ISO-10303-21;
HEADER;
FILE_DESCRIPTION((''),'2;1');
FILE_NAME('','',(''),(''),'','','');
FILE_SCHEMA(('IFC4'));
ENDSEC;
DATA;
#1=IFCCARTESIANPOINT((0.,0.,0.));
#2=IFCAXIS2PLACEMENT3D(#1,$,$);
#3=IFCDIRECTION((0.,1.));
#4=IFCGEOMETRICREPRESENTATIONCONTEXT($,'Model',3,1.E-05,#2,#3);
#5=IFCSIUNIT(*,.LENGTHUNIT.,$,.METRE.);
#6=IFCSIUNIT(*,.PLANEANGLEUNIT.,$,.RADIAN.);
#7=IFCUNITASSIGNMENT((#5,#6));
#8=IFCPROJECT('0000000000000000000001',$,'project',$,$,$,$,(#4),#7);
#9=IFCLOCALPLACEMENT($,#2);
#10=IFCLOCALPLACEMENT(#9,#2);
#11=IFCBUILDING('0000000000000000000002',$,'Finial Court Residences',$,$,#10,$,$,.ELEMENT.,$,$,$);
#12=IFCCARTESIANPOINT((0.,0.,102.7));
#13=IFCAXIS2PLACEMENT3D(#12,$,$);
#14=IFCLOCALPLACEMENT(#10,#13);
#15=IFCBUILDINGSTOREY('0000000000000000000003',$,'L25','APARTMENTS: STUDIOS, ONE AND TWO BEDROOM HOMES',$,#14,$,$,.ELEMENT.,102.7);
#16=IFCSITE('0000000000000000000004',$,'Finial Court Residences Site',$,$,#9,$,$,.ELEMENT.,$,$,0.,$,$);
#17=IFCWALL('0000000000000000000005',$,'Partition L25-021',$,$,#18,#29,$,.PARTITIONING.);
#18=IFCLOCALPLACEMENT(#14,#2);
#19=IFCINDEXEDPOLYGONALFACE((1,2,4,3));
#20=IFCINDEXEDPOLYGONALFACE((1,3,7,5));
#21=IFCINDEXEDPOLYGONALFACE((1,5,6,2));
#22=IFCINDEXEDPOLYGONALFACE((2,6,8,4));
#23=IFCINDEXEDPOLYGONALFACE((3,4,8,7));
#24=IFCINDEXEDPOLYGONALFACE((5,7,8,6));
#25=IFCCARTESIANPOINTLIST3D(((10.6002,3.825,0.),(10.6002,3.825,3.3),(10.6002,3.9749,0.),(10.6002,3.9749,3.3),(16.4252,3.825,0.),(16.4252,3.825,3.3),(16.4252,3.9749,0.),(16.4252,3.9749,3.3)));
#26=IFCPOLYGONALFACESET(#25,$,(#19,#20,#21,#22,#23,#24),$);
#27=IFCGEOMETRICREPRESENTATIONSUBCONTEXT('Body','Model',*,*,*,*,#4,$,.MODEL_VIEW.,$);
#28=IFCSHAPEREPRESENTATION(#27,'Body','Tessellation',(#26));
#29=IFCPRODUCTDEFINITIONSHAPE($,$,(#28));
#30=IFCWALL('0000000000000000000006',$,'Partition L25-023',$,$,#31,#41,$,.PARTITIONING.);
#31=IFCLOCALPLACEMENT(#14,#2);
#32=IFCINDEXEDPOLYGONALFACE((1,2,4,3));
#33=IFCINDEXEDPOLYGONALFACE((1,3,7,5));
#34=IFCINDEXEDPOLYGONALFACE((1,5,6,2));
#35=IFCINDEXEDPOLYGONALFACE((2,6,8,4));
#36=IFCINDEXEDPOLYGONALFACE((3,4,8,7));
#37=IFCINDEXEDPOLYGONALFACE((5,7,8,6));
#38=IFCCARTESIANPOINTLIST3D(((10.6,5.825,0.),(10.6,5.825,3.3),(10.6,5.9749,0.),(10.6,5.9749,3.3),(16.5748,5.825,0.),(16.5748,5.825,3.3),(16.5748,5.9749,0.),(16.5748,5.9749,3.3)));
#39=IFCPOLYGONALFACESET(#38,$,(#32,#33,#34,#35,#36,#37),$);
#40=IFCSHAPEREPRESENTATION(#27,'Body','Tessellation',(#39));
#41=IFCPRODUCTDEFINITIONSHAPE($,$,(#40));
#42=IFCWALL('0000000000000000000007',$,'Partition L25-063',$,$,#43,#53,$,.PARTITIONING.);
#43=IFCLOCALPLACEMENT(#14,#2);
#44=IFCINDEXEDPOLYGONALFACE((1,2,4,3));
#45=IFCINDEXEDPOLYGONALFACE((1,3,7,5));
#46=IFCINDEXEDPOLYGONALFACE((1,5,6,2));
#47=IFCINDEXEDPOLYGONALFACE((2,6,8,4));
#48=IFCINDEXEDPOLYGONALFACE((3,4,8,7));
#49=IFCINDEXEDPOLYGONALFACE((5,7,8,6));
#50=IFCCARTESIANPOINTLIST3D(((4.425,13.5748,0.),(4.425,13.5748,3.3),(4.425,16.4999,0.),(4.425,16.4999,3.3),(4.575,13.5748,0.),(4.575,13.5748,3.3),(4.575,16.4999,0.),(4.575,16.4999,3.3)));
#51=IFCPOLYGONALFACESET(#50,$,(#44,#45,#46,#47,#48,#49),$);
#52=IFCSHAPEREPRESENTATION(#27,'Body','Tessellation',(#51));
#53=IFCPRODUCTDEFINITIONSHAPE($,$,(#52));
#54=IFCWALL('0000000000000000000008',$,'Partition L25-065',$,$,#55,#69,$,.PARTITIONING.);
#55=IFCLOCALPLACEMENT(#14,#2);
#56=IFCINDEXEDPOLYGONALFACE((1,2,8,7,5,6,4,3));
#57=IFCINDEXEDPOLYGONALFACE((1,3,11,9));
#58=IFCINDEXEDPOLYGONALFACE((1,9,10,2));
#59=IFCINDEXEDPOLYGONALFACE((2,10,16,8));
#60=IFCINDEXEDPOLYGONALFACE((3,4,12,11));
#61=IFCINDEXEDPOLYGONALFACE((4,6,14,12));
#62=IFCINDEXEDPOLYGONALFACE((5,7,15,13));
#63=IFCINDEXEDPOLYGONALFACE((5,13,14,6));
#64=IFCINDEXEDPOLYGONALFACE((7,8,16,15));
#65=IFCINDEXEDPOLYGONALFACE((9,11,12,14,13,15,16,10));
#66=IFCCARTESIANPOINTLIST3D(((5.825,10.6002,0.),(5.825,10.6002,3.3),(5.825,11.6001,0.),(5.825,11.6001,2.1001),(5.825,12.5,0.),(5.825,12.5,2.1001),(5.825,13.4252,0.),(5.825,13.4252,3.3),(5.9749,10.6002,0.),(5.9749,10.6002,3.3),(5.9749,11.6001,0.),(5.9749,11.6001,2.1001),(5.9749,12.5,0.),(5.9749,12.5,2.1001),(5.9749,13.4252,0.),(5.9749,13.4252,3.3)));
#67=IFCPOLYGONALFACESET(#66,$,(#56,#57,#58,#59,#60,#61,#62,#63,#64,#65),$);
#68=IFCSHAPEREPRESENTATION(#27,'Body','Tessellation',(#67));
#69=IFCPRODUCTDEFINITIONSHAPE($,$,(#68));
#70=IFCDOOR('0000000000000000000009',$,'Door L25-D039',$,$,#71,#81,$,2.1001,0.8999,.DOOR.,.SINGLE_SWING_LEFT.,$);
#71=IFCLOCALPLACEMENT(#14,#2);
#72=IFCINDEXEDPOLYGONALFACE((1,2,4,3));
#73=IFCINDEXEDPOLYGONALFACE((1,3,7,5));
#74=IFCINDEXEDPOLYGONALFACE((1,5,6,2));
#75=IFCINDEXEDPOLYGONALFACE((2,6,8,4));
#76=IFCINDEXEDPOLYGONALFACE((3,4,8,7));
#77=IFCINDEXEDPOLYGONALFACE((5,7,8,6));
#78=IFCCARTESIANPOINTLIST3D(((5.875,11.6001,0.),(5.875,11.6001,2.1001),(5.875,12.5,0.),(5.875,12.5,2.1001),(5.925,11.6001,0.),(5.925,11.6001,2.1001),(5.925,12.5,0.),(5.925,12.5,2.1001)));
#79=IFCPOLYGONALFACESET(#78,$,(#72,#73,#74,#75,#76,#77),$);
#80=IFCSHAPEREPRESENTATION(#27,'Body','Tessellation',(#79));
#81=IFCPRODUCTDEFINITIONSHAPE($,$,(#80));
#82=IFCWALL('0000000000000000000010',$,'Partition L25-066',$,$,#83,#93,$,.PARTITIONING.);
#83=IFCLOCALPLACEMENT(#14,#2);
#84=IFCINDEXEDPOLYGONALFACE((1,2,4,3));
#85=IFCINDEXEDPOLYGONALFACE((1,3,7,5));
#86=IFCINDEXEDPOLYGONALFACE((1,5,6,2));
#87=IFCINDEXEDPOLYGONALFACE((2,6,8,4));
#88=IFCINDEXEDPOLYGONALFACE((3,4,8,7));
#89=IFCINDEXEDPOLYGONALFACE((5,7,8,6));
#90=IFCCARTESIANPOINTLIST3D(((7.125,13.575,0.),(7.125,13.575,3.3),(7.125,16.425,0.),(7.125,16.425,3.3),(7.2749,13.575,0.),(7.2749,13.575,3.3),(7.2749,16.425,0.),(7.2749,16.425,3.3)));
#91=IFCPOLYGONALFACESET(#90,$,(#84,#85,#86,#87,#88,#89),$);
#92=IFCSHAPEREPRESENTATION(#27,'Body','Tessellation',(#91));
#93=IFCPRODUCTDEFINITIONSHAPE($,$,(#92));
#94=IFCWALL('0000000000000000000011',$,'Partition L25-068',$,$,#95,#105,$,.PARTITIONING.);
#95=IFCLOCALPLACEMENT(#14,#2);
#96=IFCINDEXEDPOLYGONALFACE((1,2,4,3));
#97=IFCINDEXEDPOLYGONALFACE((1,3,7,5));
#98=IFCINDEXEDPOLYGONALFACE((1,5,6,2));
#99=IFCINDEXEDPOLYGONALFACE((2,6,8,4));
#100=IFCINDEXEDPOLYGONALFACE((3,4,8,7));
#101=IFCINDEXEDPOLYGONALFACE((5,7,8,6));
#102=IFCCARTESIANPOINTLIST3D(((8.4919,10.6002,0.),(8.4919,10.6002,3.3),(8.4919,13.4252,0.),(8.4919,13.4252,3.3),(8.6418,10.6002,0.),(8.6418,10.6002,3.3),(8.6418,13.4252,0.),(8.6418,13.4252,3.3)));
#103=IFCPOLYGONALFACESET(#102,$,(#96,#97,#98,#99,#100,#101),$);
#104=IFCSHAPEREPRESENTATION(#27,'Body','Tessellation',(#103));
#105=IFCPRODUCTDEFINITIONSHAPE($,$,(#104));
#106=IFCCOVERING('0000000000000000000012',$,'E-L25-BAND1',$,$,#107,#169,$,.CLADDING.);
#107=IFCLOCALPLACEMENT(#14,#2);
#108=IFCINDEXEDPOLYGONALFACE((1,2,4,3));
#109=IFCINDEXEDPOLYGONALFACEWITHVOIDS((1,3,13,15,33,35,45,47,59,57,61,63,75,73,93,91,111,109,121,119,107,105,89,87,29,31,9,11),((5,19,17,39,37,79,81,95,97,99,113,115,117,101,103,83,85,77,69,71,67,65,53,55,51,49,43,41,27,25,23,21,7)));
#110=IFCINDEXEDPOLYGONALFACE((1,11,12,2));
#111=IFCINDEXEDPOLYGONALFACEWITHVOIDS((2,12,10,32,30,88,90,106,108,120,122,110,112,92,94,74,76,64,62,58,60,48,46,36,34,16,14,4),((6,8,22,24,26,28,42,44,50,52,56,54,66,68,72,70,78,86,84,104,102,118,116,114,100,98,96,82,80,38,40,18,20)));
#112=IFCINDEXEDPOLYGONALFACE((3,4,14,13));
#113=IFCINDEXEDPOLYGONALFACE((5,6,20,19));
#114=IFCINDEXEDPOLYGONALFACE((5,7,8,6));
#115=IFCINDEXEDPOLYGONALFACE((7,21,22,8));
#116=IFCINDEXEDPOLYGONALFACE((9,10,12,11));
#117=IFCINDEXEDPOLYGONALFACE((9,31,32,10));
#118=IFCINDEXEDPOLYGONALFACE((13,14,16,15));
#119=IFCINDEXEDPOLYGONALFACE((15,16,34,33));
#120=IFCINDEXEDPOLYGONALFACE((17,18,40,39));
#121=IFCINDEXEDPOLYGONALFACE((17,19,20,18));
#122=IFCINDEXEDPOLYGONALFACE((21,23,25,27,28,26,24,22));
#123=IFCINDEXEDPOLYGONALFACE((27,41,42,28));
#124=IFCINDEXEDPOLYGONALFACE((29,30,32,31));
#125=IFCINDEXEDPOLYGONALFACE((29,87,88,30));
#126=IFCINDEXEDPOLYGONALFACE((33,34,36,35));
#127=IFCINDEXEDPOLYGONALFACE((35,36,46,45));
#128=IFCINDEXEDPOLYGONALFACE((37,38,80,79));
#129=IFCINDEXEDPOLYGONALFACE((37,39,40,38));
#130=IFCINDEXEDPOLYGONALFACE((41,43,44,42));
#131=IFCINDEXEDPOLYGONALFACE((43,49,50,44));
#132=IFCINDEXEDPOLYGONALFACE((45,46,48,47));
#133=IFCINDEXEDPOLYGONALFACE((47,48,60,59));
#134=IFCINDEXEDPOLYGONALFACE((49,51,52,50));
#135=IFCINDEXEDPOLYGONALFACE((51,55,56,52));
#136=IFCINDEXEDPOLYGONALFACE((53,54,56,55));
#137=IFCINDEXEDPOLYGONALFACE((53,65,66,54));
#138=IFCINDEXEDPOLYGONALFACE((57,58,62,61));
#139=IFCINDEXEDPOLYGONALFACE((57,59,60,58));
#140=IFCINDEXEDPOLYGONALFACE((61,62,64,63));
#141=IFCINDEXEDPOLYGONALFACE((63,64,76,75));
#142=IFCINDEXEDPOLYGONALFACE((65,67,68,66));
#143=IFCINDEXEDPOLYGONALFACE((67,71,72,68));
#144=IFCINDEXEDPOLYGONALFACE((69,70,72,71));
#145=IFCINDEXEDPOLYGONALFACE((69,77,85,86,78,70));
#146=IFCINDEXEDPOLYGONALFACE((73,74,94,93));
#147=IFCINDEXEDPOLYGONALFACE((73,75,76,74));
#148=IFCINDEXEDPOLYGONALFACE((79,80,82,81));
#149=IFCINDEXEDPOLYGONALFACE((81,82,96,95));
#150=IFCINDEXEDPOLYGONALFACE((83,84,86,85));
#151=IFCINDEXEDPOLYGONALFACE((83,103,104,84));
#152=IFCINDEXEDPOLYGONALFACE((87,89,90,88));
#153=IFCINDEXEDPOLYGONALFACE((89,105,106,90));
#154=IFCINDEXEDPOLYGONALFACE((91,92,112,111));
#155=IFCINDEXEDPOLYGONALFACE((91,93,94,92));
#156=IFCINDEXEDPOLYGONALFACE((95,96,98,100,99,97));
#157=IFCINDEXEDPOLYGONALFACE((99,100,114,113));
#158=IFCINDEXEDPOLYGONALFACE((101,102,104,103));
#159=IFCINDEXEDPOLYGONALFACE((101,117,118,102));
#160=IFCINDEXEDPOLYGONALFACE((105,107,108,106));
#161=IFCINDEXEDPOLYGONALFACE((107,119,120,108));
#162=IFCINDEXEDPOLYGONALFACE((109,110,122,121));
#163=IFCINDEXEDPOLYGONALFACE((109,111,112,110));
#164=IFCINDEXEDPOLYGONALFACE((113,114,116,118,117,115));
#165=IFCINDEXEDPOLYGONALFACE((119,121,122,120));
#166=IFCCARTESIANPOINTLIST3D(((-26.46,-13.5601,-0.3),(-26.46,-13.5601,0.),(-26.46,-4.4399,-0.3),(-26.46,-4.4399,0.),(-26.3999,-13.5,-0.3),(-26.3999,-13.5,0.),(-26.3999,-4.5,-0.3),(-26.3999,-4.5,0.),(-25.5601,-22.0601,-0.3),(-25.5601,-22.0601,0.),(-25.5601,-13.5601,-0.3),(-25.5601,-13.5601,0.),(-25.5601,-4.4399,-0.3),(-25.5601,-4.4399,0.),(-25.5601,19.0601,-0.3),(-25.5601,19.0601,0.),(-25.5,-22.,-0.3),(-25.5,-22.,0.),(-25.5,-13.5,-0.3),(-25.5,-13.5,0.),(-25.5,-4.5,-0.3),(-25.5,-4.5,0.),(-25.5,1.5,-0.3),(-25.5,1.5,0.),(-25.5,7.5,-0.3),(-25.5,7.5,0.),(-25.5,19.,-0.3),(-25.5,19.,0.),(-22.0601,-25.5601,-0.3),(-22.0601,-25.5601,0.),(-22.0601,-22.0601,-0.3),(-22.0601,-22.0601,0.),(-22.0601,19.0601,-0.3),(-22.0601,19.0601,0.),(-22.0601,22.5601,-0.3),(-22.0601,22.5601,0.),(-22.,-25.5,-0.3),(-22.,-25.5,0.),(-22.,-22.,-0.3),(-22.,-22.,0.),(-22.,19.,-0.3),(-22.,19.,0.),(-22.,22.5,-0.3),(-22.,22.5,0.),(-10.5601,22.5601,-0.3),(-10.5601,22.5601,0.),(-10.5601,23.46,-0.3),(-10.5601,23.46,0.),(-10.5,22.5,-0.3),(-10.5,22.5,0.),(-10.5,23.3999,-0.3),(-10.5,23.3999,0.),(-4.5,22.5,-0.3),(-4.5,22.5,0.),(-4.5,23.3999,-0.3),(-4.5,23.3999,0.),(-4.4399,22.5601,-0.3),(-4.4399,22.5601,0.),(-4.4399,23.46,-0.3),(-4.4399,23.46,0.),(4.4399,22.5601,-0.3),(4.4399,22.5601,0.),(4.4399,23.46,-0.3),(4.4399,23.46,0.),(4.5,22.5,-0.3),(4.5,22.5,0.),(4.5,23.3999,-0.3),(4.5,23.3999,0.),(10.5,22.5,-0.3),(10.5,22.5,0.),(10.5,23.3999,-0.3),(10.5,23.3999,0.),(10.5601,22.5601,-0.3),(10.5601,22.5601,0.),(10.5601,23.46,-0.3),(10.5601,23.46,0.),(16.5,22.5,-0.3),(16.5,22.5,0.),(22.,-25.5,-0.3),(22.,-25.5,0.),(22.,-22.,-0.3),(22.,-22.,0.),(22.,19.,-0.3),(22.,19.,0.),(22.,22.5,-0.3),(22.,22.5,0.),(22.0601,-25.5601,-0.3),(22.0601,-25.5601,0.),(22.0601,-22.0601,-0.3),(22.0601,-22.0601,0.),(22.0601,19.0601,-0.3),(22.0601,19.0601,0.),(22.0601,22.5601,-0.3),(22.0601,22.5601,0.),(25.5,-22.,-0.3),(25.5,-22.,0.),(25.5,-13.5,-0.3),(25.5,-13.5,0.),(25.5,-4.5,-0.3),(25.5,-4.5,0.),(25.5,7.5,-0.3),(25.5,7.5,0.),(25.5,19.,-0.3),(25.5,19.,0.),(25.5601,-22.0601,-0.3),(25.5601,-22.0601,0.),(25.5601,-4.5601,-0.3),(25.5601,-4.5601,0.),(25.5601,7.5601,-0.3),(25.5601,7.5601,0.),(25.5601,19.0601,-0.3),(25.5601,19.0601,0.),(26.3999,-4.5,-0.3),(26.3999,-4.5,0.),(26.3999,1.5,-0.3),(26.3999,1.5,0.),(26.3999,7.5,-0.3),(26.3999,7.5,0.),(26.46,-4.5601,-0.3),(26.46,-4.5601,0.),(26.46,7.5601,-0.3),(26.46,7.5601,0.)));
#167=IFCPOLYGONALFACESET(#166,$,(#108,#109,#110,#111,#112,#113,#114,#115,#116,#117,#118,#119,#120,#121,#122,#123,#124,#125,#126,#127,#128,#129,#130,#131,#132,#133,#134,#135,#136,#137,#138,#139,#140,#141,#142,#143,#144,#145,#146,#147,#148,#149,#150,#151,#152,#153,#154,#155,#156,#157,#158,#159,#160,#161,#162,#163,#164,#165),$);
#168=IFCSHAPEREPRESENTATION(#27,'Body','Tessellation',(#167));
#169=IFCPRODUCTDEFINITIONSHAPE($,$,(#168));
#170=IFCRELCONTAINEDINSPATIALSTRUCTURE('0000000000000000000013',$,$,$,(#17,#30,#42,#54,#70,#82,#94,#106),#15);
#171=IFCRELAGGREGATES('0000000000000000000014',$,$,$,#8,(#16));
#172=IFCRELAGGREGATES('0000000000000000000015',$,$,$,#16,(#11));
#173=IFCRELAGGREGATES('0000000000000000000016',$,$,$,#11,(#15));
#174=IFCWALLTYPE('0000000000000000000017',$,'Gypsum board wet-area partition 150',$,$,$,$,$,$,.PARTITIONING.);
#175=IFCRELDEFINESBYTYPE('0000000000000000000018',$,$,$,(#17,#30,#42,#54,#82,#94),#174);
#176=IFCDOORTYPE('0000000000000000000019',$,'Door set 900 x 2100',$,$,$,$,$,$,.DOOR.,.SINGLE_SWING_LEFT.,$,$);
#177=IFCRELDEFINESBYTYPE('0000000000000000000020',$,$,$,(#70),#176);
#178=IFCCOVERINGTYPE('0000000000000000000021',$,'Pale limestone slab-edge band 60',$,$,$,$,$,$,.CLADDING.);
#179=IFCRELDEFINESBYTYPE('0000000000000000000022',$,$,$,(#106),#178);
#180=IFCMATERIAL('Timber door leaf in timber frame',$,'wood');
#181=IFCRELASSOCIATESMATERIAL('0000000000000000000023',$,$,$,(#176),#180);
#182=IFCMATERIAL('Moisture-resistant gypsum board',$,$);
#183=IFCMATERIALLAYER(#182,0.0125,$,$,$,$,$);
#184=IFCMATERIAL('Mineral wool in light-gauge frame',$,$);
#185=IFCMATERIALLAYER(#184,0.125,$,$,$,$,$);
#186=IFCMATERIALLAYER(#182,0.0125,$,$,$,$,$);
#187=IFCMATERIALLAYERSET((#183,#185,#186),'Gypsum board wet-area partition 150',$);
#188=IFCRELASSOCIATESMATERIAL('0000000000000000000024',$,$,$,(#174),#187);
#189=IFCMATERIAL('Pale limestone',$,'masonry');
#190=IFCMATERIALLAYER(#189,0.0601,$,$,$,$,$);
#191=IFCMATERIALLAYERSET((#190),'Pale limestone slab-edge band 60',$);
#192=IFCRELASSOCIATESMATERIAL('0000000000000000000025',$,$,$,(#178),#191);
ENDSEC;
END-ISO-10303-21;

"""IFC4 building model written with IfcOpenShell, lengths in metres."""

from ifc_helpers import new_model, si_unit, direction, frame, frame_2d, origin, place, context, subcontext, project, spatial, polyline, rectangle, outline, extrude, material, layer, layer_set, type_object, element, fill, save


model = new_model("IFC4")

# Units and contexts
model_context = context("Model", 3, precision=1e-05, world=origin(), true_north=direction((0.0, 1.0)))
body_context = subcontext(model_context, "Body", "Model", "MODEL_VIEW")
ifc_project = project(units=[si_unit("LENGTHUNIT", "METRE"), si_unit("PLANEANGLEUNIT", "RADIAN")], contexts=[model_context])

# Site, building, storey
site_placement = place(None, origin())
site = spatial("IfcSite", under=ifc_project, at=site_placement, Name="Finial Court Residences Site", CompositionType="ELEMENT", RefElevation=0.0)
building_placement = place(site_placement, origin())
building = spatial("IfcBuilding", under=site, at=building_placement, Name="Finial Court Residences", CompositionType="ELEMENT")
storey_placement = place(building_placement, frame((0.0, 0.0, 102.7)))
storey = spatial("IfcBuildingStorey", under=building, at=storey_placement, Name="L25", Description="APARTMENTS: STUDIOS, ONE AND TWO BEDROOM HOMES", CompositionType="ELEMENT", Elevation=102.7)

# Shared definitions
ifc_material_1 = material(Name="Mineral wool in light-gauge frame")

# Shared definitions
ifc_material_2 = material(Name="Timber door leaf in timber frame", Category="wood")
door_type = type_object("IfcDoorType", Name="Door set 900 x 2100", OperationType="SINGLE_SWING_LEFT", PredefinedType="DOOR", material=ifc_material_2)

# Walls
ifc_material_3 = material(Name="Moisture-resistant gypsum board")
ifc_layer_1 = layer(ifc_material_3, 0.0125)
ifc_layer_2 = layer(ifc_material_1, 0.125)
ifc_layer_3 = layer(ifc_material_3, 0.0125)
ifc_layer_set_1 = layer_set([ifc_layer_1, ifc_layer_2, ifc_layer_3], Name="Gypsum board wet-area partition 150")
wall_type_1 = type_object("IfcWallType", Name="Gypsum board wet-area partition 150", PredefinedType="PARTITIONING", material=ifc_layer_set_1)
wall_1_placement = place(storey_placement, frame((10.6001, 3.8999, 0.0), z_axis=(0.0, 0.0, 1.0), x_axis=(1.0, 0.0, 0.0)))
element("IfcWall", 1, at=wall_1_placement, inside=storey, type_object=wall_type_1, Name="Partition L25-021", PredefinedType="PARTITIONING", context=body_context, shape_type="SweptSolid", body=[
    extrude(rectangle(XDim=5.825, YDim=0.1499, at=frame_2d((2.9126, 0.0))), origin(), (0.0, 0.0, 1.0), 3.3),
])
wall_2_placement = place(storey_placement, frame((10.6001, 5.8999, 0.0), z_axis=(0.0, 0.0, 1.0), x_axis=(1.0, 0.0, 0.0)))
element("IfcWall", 2, at=wall_2_placement, inside=storey, type_object=wall_type_1, Name="Partition L25-023", PredefinedType="PARTITIONING", context=body_context, shape_type="SweptSolid", body=[
    extrude(rectangle(XDim=5.9749, YDim=0.1499, at=frame_2d((2.9873, 0.0))), origin(), (0.0, 0.0, 1.0), 3.3),
])
wall_3_placement = place(storey_placement, frame((4.5, 13.575, 0.0), z_axis=(0.0, 0.0, 1.0), x_axis=(0.0, 1.0, 0.0)))
element("IfcWall", 3, at=wall_3_placement, inside=storey, type_object=wall_type_1, Name="Partition L25-063", PredefinedType="PARTITIONING", context=body_context, shape_type="SweptSolid", body=[
    extrude(rectangle(XDim=2.925, YDim=0.1499, at=frame_2d((1.4624, 0.0))), origin(), (0.0, 0.0, 1.0), 3.3),
])

# Wall, opening, door
wall_4_placement = place(storey_placement, frame((5.8999, 10.6001, 0.0), z_axis=(0.0, 0.0, 1.0), x_axis=(0.0, 1.0, 0.0)))
wall_4 = element("IfcWall", 4, at=wall_4_placement, inside=storey, type_object=wall_type_1, Name="Partition L25-065", PredefinedType="PARTITIONING", context=body_context, shape_type="SweptSolid", body=[
    extrude(rectangle(XDim=2.825, YDim=0.1499, at=frame_2d((1.4126, 0.0))), origin(), (0.0, 0.0, 1.0), 3.3),
])
opening_1_placement = place(wall_4_placement, frame((1.0, 0.0, 0.0)))
opening_1 = element("IfcOpeningElement", 5, at=opening_1_placement, cuts=wall_4, PredefinedType="OPENING", context=body_context, shape_type="SweptSolid", body=[
    extrude(rectangle(XDim=0.8999, YDim=2.1001, at=frame_2d((0.45, 1.05))), frame((0.0, 0.085, 0.0), z_axis=(0.0, -1.0, 0.0), x_axis=(1.0, 0.0, 0.0)), (0.0, 0.0, 1.0), 0.1699),
])
door_1_placement = place(opening_1_placement, origin())
door_1 = element("IfcDoor", 6, at=door_1_placement, inside=storey, type_object=door_type, Name="Door L25-D039", OperationType="SINGLE_SWING_LEFT", OverallHeight=2.1001, OverallWidth=0.8999, PredefinedType="DOOR", context=body_context, shape_type="SweptSolid", body=[
    extrude(rectangle(XDim=0.8999, YDim=2.1001, at=frame_2d((0.45, 1.05))), frame((0.0, 0.0249, 0.0), z_axis=(0.0, -1.0, 0.0), x_axis=(1.0, 0.0, 0.0)), (0.0, 0.0, 1.0), 0.05),
])
fill(opening_1, door_1)

# Walls
wall_5_placement = place(storey_placement, frame((7.2, 13.575, 0.0), z_axis=(0.0, 0.0, 1.0), x_axis=(0.0, 1.0, 0.0)))
element("IfcWall", 7, at=wall_5_placement, inside=storey, type_object=wall_type_1, Name="Partition L25-066", PredefinedType="PARTITIONING", context=body_context, shape_type="SweptSolid", body=[
    extrude(rectangle(XDim=2.8501, YDim=0.1499, at=frame_2d((1.425, 0.0))), origin(), (0.0, 0.0, 1.0), 3.3),
])
wall_6_placement = place(storey_placement, frame((8.5669, 10.6001, 0.0), z_axis=(0.0, 0.0, 1.0), x_axis=(0.0, 1.0, 0.0)))
element("IfcWall", 8, at=wall_6_placement, inside=storey, type_object=wall_type_1, Name="Partition L25-068", PredefinedType="PARTITIONING", context=body_context, shape_type="SweptSolid", body=[
    extrude(rectangle(XDim=2.825, YDim=0.1499, at=frame_2d((1.4126, 0.0))), origin(), (0.0, 0.0, 1.0), 3.3),
])

# Covering
ifc_material_4 = material(Name="Pale limestone", Category="masonry")
ifc_layer_4 = layer(ifc_material_4, 0.0601)
ifc_layer_set_2 = layer_set([ifc_layer_4], Name="Pale limestone slab-edge band 60")
covering_type_1 = type_object("IfcCoveringType", Name="Pale limestone slab-edge band 60", PredefinedType="CLADDING", material=ifc_layer_set_2)
covering_1_placement = place(storey_placement, frame((0.0, 0.0, -0.3)))
element("IfcCovering", 9, at=covering_1_placement, inside=storey, type_object=covering_type_1, Name="E-L25-BAND1", PredefinedType="CLADDING", context=body_context, shape_type="SweptSolid", body=[
    extrude(outline(polyline([(22.0601, -22.0601), (22.0601, -25.5601), (-22.0601, -25.5601), (-22.0601, -22.0601), (-25.5601, -22.0601), (-25.5601, -13.5601), (-26.46, -13.5601), (-26.46, -4.4399), (-25.5601, -4.4399), (-25.5601, 19.0601), (-22.0601, 19.0601), (-22.0601, 22.5601), (-10.5601, 22.5601), (-10.5601, 23.46), (-4.4399, 23.46), (-4.4399, 22.5601), (4.4399, 22.5601), (4.4399, 23.46), (10.5601, 23.46), (10.5601, 22.5601), (22.0601, 22.5601), (22.0601, 19.0601), (25.5601, 19.0601), (25.5601, 7.5601), (26.46, 7.5601), (26.46, -4.5601), (25.5601, -4.5601), (25.5601, -22.0601), (22.0601, -22.0601)]), holes=[polyline([(25.5, -4.5), (26.3999, -4.5), (26.3999, 1.5), (26.3999, 7.5), (25.5, 7.5), (25.5, 19.0), (22.0, 19.0), (22.0, 22.5), (16.5, 22.5), (10.5, 22.5), (10.5, 23.3999), (4.5, 23.3999), (4.5, 22.5), (-4.5, 22.5), (-4.5, 23.3999), (-10.5, 23.3999), (-10.5, 22.5), (-22.0, 22.5), (-22.0, 19.0), (-25.5, 19.0), (-25.5, 7.5), (-25.5, 1.5), (-25.5, -4.5), (-26.3999, -4.5), (-26.3999, -13.5), (-25.5, -13.5), (-25.5, -22.0), (-22.0, -22.0), (-22.0, -25.5), (22.0, -25.5), (22.0, -22.0), (25.5, -22.0), (25.5, -13.5), (25.5, -4.5)])]), origin(), (0.0, 0.0, 1.0), 0.3),
])

save(model, "model.ifc")
